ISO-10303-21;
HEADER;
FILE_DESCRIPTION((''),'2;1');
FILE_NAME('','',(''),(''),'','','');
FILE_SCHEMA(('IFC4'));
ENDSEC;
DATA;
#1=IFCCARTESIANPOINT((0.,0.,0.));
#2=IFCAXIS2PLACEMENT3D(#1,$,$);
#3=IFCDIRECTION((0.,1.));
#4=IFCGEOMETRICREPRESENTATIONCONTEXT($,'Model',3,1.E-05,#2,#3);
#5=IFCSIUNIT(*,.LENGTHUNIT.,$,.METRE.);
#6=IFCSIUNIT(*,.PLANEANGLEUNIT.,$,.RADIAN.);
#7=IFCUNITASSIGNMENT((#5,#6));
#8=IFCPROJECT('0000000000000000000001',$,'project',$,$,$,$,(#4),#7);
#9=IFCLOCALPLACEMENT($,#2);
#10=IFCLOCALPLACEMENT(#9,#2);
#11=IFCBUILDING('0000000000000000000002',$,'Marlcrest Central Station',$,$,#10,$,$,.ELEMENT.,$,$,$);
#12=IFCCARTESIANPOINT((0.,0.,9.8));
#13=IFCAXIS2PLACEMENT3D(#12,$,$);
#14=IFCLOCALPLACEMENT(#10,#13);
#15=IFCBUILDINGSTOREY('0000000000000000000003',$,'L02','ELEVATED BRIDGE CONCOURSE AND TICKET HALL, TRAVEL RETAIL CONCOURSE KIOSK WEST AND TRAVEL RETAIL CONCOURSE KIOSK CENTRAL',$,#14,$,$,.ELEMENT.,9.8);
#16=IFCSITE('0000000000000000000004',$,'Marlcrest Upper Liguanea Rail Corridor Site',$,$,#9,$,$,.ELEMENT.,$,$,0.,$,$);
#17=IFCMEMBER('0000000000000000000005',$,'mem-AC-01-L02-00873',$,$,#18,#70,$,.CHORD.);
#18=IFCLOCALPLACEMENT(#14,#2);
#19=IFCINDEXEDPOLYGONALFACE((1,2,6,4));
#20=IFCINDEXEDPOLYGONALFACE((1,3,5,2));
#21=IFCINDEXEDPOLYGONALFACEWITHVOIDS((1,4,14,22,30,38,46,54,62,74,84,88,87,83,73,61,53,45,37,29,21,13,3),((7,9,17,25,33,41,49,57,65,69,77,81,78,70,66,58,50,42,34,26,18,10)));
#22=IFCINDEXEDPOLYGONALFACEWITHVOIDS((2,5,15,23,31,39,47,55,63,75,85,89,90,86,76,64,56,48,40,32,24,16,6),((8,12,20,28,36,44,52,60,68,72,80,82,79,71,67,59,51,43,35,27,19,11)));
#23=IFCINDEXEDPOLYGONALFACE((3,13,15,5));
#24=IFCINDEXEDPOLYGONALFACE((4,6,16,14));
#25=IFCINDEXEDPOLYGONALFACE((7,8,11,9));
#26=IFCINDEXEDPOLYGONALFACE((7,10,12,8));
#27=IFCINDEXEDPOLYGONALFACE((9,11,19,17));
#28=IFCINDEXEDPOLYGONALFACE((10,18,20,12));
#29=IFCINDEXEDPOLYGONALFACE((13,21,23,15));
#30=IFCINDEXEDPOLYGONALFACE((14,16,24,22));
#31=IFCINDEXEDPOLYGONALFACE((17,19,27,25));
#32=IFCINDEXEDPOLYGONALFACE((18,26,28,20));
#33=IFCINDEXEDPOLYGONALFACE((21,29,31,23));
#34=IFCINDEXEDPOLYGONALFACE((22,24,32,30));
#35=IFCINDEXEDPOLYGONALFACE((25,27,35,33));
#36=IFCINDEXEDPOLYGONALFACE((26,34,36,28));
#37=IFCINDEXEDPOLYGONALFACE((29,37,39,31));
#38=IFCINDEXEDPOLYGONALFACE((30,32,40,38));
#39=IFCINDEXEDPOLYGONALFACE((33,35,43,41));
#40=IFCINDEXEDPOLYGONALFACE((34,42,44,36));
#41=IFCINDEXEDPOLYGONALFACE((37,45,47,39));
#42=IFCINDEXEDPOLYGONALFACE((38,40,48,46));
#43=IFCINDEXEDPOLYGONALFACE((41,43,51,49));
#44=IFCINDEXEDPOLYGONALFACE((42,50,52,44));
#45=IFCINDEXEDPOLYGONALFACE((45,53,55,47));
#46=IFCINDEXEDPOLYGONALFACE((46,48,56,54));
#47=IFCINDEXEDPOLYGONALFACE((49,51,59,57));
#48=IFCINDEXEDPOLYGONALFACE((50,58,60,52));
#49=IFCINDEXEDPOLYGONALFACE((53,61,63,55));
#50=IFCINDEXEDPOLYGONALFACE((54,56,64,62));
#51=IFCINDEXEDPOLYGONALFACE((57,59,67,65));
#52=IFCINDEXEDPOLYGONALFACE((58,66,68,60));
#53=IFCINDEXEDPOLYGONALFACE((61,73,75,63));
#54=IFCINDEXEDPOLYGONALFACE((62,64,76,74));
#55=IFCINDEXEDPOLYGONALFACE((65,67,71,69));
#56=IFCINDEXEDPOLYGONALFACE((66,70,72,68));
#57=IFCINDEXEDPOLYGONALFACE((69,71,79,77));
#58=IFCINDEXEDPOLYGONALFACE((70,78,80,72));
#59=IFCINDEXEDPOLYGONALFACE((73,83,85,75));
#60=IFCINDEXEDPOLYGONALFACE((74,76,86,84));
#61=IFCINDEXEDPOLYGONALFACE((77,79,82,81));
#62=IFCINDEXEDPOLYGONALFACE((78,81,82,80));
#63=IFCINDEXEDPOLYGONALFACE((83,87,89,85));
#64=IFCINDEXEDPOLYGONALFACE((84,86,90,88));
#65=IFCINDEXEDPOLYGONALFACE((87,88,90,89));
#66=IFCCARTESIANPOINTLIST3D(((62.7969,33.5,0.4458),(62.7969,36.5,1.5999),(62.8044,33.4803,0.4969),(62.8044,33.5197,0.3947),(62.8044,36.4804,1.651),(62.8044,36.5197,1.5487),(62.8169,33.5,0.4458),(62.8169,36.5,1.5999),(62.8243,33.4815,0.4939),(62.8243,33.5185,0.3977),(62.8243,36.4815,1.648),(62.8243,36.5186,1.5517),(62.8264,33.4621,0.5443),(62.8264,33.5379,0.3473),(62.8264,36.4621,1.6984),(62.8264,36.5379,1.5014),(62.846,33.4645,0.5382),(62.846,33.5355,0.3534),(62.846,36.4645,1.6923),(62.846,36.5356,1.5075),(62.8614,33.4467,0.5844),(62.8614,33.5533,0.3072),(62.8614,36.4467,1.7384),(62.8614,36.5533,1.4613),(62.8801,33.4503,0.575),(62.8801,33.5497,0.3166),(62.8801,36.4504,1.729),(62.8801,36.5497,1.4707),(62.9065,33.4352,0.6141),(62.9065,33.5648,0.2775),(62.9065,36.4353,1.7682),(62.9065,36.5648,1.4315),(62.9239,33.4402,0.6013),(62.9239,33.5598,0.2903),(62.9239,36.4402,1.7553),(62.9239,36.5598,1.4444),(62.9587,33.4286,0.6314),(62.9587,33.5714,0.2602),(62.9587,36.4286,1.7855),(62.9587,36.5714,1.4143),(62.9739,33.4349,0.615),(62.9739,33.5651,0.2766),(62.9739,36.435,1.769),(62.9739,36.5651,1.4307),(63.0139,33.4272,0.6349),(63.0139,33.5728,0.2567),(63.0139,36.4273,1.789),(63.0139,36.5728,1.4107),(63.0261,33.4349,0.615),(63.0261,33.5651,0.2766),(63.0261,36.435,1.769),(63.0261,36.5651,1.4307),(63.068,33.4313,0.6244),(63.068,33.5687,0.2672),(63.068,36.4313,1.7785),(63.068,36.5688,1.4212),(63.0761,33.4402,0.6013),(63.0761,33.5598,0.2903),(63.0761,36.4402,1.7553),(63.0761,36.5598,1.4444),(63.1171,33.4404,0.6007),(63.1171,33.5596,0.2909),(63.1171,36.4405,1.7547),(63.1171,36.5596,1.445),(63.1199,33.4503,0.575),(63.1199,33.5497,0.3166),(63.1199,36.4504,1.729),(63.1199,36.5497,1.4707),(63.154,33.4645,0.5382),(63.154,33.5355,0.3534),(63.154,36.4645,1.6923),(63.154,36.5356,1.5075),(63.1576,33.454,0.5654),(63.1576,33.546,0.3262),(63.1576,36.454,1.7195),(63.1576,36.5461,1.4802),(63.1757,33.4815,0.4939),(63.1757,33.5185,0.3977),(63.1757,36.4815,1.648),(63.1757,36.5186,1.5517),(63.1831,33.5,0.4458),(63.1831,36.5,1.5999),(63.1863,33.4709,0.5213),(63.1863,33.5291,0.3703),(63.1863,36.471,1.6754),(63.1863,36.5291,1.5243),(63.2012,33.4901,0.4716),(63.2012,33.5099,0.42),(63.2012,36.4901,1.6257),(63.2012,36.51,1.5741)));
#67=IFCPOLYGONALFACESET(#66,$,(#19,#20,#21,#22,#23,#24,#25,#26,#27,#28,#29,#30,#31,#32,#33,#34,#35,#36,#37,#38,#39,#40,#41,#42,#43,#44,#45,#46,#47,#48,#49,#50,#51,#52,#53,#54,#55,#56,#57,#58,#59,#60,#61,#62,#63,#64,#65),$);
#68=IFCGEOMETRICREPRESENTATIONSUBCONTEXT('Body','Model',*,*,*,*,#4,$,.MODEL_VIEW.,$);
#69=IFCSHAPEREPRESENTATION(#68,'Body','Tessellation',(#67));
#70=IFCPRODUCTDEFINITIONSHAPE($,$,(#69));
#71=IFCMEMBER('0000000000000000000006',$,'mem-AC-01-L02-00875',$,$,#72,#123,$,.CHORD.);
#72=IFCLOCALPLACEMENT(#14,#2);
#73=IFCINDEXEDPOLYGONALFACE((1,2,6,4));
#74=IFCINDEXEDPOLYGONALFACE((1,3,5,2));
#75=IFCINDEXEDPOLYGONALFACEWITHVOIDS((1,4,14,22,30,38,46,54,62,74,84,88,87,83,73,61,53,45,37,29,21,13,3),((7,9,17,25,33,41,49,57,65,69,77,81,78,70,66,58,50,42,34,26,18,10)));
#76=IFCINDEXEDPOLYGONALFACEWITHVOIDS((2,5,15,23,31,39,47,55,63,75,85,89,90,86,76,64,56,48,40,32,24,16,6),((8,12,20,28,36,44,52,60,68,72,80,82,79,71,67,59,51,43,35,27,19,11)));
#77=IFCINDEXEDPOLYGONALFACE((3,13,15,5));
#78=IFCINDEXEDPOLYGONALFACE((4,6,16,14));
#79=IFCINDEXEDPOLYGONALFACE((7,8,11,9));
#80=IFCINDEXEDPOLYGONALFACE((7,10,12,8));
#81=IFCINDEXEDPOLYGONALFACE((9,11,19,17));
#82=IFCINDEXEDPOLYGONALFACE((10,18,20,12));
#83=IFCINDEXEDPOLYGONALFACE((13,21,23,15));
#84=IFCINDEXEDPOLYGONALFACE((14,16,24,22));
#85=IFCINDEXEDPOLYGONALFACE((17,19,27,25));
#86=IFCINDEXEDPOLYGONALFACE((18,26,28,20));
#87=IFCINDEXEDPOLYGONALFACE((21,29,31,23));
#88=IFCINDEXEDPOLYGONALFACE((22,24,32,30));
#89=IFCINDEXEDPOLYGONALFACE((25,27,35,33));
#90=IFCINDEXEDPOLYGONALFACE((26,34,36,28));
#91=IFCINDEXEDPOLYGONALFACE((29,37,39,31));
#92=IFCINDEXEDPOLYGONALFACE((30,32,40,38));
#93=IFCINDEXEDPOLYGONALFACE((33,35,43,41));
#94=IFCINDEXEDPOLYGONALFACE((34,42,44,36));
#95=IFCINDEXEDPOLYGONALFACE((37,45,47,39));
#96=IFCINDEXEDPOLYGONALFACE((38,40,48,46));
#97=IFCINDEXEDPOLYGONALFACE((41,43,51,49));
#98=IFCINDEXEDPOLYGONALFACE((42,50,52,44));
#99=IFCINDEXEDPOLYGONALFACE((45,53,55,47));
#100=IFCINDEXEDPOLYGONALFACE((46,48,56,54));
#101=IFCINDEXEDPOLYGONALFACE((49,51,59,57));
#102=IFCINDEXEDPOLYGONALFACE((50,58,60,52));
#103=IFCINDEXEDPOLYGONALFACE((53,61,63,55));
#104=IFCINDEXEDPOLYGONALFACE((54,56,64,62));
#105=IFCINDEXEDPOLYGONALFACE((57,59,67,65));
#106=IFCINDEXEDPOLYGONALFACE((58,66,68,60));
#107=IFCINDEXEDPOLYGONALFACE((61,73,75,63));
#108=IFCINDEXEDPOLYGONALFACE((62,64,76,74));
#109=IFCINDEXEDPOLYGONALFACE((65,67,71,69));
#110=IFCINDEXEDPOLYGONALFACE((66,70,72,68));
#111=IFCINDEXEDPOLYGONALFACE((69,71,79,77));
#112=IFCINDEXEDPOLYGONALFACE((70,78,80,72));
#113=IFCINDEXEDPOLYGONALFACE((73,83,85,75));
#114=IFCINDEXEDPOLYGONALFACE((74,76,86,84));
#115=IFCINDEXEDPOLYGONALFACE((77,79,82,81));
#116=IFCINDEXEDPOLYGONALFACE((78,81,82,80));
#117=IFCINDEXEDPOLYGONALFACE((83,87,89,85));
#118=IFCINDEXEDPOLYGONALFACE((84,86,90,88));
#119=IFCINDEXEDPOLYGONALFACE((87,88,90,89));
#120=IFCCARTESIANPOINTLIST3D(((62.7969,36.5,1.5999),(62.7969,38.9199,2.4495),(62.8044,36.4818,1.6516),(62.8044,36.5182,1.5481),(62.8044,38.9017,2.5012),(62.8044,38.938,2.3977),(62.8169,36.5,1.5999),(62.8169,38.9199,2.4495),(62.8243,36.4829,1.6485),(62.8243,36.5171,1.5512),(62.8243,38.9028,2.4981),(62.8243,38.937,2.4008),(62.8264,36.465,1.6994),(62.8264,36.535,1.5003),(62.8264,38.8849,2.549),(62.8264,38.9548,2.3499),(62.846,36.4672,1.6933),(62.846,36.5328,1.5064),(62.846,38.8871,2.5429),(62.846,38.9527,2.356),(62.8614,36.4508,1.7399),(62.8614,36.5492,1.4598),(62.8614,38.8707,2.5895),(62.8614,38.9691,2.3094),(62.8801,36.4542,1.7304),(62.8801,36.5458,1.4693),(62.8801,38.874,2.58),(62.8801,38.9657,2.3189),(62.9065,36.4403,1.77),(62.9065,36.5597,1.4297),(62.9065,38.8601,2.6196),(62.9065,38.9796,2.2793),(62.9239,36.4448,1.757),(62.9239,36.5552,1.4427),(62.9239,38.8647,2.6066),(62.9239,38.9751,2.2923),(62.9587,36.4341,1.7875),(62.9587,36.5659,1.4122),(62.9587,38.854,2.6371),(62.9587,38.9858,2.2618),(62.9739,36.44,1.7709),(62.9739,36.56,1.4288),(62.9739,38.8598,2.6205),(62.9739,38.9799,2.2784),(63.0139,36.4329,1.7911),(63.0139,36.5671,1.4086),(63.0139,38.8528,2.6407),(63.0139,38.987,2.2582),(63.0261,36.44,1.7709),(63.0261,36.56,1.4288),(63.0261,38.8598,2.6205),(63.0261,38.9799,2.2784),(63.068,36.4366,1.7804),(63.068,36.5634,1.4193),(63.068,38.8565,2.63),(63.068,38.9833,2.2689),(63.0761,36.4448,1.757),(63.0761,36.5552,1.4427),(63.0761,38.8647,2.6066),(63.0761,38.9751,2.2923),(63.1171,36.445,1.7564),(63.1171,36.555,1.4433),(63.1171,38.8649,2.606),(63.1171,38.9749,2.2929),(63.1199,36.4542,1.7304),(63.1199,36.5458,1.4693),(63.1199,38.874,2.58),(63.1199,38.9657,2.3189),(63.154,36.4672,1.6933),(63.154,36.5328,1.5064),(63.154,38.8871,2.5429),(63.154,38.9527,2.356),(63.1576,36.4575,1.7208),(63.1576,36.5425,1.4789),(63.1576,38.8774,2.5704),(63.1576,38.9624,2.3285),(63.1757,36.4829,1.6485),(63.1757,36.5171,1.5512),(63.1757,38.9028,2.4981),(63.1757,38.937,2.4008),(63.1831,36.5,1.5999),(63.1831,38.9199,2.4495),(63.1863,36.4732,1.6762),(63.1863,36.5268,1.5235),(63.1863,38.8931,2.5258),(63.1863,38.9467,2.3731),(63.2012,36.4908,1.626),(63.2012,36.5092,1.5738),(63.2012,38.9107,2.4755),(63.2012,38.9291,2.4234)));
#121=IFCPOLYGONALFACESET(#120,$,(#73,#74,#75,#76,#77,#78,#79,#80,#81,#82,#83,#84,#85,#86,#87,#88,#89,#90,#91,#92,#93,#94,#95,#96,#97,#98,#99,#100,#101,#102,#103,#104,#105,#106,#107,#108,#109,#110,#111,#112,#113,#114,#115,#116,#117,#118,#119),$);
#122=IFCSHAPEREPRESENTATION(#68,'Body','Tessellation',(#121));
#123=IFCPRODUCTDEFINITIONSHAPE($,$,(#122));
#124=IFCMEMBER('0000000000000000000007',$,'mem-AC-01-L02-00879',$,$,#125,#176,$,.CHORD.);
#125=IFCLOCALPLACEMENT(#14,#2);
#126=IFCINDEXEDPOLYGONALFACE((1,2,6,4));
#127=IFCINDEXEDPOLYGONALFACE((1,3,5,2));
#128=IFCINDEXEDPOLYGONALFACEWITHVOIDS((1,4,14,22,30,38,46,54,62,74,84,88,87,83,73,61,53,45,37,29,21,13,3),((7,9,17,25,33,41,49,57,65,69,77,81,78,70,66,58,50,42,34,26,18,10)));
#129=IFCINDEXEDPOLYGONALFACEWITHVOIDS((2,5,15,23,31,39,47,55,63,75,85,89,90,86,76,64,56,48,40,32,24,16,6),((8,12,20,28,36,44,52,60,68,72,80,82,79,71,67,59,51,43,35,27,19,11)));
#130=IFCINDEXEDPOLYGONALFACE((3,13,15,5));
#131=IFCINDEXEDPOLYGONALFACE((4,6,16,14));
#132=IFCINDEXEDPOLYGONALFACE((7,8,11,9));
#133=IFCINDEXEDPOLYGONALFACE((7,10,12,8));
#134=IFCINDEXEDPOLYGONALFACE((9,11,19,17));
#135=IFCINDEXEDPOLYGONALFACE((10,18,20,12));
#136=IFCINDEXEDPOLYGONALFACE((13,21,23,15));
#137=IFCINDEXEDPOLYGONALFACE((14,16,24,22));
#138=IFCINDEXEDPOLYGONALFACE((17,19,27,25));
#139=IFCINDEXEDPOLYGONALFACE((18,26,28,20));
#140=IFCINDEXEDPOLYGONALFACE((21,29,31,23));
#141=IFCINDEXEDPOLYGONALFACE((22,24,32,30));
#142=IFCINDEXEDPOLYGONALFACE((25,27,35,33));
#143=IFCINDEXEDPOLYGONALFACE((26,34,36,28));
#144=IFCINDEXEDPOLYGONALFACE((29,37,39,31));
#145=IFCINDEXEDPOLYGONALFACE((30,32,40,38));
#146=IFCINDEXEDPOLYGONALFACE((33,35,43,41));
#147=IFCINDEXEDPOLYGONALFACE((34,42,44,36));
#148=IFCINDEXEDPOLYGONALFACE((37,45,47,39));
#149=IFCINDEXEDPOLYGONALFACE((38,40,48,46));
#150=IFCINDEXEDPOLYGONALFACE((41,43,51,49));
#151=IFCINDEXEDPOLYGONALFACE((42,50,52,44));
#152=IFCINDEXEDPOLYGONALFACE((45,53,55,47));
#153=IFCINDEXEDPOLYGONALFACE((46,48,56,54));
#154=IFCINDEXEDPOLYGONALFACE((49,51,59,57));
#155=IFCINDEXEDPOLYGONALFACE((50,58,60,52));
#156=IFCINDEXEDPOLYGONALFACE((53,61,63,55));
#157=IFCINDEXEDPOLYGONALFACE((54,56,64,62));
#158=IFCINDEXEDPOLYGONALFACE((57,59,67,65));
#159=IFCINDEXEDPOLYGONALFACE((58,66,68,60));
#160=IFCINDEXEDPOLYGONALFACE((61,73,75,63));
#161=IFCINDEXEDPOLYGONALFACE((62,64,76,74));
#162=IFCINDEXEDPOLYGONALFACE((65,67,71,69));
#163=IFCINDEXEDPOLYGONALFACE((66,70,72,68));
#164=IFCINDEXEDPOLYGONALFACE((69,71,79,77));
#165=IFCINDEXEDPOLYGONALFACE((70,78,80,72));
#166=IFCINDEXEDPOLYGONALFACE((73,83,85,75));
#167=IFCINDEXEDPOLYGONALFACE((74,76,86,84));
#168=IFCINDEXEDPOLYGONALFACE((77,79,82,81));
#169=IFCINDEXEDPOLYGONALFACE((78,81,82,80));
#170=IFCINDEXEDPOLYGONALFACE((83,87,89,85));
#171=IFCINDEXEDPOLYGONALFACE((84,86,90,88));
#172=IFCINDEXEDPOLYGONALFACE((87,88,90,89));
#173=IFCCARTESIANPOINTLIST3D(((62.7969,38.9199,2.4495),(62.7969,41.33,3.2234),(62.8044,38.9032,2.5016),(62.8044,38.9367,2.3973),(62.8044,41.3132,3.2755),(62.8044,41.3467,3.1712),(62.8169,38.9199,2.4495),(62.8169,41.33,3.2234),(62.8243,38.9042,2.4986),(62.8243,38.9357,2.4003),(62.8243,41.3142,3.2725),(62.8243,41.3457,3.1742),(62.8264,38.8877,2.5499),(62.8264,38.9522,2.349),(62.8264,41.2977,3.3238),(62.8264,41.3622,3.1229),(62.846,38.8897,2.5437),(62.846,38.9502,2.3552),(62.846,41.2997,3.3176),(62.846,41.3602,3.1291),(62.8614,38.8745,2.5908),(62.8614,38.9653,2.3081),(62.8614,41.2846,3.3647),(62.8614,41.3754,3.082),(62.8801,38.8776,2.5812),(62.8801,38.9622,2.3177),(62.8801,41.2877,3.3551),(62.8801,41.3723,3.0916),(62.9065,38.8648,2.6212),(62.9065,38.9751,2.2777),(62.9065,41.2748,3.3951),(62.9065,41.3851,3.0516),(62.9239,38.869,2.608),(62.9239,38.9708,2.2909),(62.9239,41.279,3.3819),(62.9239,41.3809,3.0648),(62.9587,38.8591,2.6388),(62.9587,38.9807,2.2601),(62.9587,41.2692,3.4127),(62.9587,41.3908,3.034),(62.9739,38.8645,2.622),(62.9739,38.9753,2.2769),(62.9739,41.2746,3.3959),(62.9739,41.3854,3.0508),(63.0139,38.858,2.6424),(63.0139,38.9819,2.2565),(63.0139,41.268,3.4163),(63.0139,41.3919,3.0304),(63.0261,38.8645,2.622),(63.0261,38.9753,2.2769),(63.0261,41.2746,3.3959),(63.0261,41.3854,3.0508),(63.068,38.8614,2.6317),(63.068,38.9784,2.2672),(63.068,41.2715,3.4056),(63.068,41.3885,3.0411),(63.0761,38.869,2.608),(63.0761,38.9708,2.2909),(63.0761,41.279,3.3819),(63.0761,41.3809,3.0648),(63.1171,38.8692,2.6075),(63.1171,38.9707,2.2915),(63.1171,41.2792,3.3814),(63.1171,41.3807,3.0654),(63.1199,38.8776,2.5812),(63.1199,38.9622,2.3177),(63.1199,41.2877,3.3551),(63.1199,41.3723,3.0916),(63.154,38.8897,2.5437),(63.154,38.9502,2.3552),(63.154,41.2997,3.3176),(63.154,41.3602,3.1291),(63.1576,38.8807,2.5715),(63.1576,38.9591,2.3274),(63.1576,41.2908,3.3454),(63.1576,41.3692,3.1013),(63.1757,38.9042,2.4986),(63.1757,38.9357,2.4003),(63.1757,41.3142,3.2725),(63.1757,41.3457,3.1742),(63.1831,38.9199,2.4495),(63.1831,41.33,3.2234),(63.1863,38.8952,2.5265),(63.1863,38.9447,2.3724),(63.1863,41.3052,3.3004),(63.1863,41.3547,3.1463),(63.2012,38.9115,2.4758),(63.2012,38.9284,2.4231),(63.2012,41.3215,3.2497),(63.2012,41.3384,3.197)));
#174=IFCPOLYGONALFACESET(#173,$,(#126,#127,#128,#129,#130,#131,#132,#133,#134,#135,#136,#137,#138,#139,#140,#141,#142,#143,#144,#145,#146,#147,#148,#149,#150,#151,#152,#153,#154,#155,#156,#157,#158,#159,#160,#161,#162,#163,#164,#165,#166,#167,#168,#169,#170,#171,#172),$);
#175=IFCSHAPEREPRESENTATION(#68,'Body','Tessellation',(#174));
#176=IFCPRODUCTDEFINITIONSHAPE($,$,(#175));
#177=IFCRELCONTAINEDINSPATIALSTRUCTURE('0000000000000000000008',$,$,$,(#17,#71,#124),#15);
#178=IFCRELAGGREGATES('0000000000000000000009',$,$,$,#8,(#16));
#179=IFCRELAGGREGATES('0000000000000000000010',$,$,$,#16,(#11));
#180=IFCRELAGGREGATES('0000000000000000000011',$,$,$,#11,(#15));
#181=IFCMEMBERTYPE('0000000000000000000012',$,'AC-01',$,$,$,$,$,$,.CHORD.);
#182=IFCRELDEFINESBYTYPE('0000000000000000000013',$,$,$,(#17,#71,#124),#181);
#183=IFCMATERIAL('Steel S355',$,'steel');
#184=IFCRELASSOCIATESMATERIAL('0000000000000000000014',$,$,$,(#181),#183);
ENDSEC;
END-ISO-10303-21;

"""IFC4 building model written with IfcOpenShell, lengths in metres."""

from ifc_helpers import new_model, si_unit, direction, frame, origin, origin_2d, place, context, subcontext, project, spatial, hollow_circle, extrude, material, material_profile, profile_set, type_object, element, save


model = new_model("IFC4")

# Units and contexts
model_context = context("Model", 3, precision=1e-05, world=origin(), true_north=direction((0.0, 1.0)))
body_context = subcontext(model_context, "Body", "Model", "MODEL_VIEW")
ifc_project = project(units=[si_unit("LENGTHUNIT", "METRE"), si_unit("PLANEANGLEUNIT", "RADIAN")], contexts=[model_context])

# Site, building, storey
site_placement = place(None, origin())
site = spatial("IfcSite", under=ifc_project, at=site_placement, Name="Marlcrest Upper Liguanea Rail Corridor Site", CompositionType="ELEMENT", RefElevation=0.0)
building_placement = place(site_placement, origin())
building = spatial("IfcBuilding", under=site, at=building_placement, Name="Marlcrest Central Station", CompositionType="ELEMENT")
storey_placement = place(building_placement, frame((0.0, 0.0, 9.8)))
storey = spatial("IfcBuildingStorey", under=building, at=storey_placement, Name="L02", Description="ELEVATED BRIDGE CONCOURSE AND TICKET HALL, TRAVEL RETAIL CONCOURSE KIOSK WEST AND TRAVEL RETAIL CONCOURSE KIOSK CENTRAL", CompositionType="ELEMENT", Elevation=9.8)

# Members
ifc_material_1 = material(Name="Steel S355", Category="steel")
ifc_material_profile_1 = material_profile(ifc_material_1, hollow_circle(Radius=0.2031, WallThickness=0.02, at=origin_2d()), Name="CHS 406.4x20")
ifc_profile_set_1 = profile_set([ifc_material_profile_1], Name="Steel S355")
member_type_1 = type_object("IfcMemberType", Name="AC-01", PredefinedType="CHORD", material=ifc_profile_set_1)
member_1_placement = place(storey_placement, frame((63.0, 33.5, 0.4458), z_axis=(0.0, 0.933324, 0.359035), x_axis=(-1.0, 0.0, 0.0)))
element("IfcMember", 1, at=member_1_placement, inside=storey, type_object=member_type_1, Name="mem-AC-01-L02-00873", PredefinedType="CHORD", context=body_context, shape_type="SweptSolid", body=[
    extrude(hollow_circle(Radius=0.2031, WallThickness=0.02, at=origin_2d()), origin(), (0.0, 0.0, 1.0), 3.2144),
])
member_2_placement = place(storey_placement, frame((63.0, 36.5, 1.5999), z_axis=(0.0, 0.943537, 0.331266), x_axis=(-1.0, 0.0, 0.0)))
element("IfcMember", 2, at=member_2_placement, inside=storey, type_object=member_type_1, Name="mem-AC-01-L02-00875", PredefinedType="CHORD", context=body_context, shape_type="SweptSolid", body=[
    extrude(hollow_circle(Radius=0.2031, WallThickness=0.02, at=origin_2d()), origin(), (0.0, 0.0, 1.0), 2.5647),
])
member_3_placement = place(storey_placement, frame((63.0, 38.9199, 2.4495), z_axis=(0.0, 0.952117, 0.305734), x_axis=(-1.0, 0.0, 0.0)))
element("IfcMember", 3, at=member_3_placement, inside=storey, type_object=member_type_1, Name="mem-AC-01-L02-00879", PredefinedType="CHORD", context=body_context, shape_type="SweptSolid", body=[
    extrude(hollow_circle(Radius=0.2031, WallThickness=0.02, at=origin_2d()), origin(), (0.0, 0.0, 1.0), 2.5312),
])

save(model, "model.ifc")
